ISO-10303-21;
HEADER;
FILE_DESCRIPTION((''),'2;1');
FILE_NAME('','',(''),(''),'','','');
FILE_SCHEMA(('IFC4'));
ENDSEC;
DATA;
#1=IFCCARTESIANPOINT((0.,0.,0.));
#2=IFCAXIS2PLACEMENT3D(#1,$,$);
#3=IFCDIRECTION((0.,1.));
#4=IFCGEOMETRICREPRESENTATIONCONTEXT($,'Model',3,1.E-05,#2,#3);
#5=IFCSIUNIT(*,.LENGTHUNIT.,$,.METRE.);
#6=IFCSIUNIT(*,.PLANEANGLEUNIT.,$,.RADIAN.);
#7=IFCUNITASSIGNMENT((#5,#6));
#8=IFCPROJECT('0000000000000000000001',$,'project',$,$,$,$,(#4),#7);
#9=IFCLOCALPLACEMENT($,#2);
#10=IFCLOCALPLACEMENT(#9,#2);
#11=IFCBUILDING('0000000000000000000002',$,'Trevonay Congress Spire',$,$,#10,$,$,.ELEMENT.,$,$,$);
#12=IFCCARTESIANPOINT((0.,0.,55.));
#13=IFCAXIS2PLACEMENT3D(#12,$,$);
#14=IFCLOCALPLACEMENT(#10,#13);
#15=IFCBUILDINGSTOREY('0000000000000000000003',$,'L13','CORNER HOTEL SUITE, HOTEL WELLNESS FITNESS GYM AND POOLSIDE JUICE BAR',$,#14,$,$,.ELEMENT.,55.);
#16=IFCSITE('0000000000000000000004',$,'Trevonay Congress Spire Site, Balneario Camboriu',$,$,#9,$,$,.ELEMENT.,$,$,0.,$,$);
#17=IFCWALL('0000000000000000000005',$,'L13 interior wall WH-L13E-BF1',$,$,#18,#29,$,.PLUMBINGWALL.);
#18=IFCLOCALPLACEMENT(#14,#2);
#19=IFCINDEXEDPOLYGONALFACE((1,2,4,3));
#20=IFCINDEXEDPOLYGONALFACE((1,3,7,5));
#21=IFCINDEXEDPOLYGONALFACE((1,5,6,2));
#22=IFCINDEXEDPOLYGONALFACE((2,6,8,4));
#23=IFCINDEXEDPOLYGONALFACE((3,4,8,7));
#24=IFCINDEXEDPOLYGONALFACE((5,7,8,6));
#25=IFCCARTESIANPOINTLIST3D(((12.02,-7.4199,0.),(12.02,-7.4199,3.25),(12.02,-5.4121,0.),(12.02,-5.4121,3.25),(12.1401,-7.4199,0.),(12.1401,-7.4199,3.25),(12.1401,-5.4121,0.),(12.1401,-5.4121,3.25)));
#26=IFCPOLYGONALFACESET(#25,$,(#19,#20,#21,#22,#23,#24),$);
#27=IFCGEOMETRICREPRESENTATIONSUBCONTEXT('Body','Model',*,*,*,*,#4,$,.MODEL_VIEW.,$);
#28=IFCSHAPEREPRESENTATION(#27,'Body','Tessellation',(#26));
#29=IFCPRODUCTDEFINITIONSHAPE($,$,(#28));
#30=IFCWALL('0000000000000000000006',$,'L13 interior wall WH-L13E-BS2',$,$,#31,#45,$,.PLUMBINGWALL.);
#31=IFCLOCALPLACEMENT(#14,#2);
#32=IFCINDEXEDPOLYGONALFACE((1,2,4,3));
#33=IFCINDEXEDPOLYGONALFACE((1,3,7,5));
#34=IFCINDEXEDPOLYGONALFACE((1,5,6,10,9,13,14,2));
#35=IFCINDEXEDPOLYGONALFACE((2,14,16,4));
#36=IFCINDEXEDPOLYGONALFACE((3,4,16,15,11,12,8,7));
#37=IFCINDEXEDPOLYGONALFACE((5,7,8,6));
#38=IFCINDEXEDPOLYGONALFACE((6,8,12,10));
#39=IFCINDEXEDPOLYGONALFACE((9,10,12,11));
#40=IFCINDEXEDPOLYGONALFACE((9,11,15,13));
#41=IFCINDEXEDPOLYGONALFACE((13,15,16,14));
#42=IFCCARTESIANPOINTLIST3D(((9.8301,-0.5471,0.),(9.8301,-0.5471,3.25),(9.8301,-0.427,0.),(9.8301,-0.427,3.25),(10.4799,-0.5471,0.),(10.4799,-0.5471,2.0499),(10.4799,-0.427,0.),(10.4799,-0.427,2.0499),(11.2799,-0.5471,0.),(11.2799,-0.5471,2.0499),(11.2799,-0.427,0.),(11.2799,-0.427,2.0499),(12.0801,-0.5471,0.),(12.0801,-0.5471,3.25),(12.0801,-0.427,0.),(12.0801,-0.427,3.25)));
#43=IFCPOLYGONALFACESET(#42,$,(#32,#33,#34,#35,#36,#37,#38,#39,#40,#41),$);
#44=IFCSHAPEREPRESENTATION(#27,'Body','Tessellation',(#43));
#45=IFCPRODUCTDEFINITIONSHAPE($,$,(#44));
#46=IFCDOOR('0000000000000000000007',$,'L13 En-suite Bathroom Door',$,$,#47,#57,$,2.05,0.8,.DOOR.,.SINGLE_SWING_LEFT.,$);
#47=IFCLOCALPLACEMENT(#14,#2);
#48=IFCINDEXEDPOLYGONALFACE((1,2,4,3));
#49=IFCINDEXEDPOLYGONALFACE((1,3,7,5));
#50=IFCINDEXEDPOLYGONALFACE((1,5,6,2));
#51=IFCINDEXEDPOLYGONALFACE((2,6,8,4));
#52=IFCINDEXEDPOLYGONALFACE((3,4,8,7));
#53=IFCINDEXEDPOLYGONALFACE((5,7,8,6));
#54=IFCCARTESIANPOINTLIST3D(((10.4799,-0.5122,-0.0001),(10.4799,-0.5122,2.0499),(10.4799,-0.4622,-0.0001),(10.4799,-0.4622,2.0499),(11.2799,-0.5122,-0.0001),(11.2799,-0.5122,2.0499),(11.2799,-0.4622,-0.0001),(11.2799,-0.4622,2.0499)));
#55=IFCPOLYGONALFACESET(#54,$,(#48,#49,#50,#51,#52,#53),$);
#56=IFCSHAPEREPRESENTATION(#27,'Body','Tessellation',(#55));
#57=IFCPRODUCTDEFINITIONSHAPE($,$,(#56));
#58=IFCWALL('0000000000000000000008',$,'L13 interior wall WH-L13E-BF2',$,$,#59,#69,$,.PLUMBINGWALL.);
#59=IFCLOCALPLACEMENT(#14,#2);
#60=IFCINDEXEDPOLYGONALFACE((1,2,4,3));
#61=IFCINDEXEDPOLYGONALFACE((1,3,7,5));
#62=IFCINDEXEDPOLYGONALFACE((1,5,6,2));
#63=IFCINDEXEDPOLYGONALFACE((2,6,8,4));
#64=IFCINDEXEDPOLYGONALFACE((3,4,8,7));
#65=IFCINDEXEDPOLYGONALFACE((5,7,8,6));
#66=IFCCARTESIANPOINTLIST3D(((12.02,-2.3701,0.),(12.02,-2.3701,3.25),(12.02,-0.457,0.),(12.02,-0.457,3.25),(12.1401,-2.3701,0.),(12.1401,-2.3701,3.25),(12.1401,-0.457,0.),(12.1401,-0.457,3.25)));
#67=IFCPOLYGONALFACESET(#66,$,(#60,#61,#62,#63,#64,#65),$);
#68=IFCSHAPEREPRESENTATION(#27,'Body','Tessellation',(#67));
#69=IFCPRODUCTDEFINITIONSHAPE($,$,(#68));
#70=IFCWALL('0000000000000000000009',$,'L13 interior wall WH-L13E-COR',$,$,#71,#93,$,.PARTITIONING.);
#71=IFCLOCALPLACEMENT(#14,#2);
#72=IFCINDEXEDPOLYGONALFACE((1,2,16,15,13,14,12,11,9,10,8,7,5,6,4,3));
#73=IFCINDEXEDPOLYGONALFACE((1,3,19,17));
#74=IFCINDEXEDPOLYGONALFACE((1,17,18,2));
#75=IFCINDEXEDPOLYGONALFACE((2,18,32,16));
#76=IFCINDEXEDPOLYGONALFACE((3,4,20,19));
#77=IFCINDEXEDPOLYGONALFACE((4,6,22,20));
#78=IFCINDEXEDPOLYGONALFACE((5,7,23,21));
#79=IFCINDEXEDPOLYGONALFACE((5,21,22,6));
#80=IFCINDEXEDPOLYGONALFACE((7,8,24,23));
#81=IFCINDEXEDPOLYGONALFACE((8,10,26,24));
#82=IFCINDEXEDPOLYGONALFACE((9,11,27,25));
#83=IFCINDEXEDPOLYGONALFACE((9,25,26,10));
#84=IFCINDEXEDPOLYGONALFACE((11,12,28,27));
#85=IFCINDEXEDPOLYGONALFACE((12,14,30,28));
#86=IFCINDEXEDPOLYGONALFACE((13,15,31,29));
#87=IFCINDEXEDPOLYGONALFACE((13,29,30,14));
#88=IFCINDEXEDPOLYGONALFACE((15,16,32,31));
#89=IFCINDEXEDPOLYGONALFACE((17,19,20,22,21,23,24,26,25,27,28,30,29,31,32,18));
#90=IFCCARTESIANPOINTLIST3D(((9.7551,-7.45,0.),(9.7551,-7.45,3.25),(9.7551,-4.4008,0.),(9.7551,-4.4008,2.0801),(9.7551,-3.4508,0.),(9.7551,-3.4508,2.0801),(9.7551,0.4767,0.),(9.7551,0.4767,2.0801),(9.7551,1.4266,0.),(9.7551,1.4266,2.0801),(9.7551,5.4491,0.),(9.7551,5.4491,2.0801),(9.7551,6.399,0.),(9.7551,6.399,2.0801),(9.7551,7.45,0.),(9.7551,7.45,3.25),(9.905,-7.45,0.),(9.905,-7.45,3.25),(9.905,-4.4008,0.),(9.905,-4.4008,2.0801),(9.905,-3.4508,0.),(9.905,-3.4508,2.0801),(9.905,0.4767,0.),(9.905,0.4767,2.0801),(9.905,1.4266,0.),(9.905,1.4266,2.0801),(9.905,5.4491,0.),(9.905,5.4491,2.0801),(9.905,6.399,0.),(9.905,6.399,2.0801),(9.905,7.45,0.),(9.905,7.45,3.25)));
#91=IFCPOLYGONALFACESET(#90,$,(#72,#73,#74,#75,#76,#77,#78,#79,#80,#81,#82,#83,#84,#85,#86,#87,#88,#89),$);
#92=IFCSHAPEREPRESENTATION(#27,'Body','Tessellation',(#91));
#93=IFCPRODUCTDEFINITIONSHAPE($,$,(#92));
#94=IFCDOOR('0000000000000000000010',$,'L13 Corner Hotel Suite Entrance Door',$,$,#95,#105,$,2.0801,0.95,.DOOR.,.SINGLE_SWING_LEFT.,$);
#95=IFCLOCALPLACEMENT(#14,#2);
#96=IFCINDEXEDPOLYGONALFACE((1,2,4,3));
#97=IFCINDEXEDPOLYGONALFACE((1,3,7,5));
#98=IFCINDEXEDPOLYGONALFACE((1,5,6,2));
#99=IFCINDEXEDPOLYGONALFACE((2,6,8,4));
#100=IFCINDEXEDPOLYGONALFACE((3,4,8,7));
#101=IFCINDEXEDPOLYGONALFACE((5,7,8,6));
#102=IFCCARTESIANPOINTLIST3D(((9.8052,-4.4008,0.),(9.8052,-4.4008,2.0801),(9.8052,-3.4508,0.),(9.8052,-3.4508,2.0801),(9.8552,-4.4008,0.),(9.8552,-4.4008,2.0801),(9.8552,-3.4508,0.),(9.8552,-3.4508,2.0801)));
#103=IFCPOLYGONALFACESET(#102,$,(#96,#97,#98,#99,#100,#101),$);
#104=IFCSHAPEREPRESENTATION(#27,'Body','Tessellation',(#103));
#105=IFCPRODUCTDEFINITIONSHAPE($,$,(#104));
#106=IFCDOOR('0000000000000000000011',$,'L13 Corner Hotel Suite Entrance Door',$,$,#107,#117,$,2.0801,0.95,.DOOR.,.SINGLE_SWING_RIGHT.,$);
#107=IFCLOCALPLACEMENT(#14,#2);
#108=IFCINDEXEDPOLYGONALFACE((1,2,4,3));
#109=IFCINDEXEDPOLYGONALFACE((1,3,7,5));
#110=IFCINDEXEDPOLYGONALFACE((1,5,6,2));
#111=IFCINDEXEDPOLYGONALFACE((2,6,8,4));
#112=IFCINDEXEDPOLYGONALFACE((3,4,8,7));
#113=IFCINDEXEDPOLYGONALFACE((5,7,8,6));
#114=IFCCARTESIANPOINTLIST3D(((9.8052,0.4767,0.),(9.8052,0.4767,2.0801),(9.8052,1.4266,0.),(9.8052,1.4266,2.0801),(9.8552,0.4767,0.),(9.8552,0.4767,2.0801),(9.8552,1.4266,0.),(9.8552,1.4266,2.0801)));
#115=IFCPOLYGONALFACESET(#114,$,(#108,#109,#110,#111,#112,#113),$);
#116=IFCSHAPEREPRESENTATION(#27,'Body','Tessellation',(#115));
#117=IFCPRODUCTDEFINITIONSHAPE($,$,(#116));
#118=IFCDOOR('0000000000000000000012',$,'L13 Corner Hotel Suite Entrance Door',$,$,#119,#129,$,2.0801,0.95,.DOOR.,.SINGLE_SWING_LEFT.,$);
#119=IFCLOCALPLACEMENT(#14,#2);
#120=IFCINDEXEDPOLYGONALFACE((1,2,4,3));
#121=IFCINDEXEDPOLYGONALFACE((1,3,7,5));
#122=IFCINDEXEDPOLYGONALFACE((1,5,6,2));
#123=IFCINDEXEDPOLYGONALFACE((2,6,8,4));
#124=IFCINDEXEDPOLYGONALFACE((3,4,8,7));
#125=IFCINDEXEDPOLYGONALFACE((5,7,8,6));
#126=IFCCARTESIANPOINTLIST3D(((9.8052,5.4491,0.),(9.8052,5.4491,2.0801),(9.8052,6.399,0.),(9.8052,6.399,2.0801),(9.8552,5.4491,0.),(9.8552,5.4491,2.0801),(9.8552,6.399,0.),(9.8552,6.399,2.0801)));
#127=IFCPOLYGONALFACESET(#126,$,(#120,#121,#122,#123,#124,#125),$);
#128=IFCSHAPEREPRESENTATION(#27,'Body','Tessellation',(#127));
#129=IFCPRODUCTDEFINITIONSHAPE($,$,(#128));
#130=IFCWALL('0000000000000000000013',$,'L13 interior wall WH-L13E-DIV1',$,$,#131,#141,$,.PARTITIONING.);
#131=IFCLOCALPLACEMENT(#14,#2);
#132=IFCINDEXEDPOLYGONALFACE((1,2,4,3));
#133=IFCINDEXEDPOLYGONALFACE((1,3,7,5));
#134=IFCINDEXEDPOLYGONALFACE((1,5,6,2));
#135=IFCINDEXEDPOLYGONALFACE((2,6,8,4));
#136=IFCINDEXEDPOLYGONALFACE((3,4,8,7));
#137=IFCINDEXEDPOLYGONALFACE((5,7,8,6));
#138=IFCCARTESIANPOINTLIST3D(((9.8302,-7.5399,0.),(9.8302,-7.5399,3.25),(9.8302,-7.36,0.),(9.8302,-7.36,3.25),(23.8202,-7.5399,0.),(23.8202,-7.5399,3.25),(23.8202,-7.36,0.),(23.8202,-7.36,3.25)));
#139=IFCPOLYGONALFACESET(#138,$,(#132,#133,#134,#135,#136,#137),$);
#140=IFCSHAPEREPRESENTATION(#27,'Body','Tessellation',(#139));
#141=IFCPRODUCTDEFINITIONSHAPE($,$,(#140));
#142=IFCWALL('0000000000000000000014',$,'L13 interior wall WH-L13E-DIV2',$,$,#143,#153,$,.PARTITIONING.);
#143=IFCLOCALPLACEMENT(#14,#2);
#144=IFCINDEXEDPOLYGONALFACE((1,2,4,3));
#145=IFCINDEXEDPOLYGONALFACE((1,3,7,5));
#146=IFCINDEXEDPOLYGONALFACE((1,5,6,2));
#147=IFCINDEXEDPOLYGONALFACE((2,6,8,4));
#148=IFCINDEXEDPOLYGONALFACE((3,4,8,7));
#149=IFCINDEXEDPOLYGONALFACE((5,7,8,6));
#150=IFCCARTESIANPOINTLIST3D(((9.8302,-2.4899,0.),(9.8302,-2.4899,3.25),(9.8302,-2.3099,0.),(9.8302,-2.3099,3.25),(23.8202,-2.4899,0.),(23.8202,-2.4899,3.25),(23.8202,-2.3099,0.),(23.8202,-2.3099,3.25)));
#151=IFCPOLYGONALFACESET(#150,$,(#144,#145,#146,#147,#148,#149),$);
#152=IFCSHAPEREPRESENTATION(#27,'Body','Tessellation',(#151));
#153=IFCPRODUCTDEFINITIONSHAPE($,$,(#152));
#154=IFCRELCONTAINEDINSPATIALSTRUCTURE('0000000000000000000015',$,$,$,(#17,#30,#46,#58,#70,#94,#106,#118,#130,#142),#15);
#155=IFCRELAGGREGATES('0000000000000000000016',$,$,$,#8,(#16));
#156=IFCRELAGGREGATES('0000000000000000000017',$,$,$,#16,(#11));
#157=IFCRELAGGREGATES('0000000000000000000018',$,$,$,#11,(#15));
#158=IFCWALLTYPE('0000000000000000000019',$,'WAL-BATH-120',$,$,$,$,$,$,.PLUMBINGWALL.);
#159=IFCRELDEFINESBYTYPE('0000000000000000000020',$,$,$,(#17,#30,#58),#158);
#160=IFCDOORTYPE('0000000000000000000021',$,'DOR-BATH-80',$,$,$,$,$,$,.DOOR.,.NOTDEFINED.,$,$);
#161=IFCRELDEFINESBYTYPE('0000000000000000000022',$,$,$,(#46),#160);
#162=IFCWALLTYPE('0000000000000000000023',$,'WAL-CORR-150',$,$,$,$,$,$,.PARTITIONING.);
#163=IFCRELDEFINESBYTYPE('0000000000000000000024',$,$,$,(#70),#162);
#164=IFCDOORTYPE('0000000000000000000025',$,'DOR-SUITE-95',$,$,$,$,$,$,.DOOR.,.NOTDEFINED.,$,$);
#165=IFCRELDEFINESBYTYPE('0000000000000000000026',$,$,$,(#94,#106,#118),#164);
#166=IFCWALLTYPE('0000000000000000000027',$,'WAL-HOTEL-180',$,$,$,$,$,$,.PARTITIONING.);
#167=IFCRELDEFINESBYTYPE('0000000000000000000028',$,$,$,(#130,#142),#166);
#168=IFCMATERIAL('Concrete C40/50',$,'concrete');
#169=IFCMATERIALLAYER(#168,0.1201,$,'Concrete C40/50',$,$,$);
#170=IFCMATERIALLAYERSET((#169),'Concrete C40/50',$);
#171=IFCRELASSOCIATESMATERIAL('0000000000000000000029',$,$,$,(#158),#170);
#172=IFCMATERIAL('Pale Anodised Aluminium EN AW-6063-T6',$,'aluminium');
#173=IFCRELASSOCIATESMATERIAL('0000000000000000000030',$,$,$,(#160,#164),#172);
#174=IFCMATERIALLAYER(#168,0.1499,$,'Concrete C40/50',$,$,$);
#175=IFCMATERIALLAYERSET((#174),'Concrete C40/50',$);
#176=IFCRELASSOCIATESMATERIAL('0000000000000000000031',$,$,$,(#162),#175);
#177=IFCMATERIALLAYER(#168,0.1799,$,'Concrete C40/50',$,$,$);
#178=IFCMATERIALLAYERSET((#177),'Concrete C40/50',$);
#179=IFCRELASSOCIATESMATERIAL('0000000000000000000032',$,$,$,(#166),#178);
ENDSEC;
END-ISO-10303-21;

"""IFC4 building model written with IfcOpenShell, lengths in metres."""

from ifc_helpers import new_model, si_unit, direction, frame, frame_2d, origin, place, context, subcontext, project, spatial, rectangle, extrude, material, layer, layer_set, type_object, element, fill, save


model = new_model("IFC4")

# Units and contexts
model_context = context("Model", 3, precision=1e-05, world=origin(), true_north=direction((0.0, 1.0)))
body_context = subcontext(model_context, "Body", "Model", "MODEL_VIEW")
ifc_project = project(units=[si_unit("LENGTHUNIT", "METRE"), si_unit("PLANEANGLEUNIT", "RADIAN")], contexts=[model_context])

# Site, building, storey
site_placement = place(None, origin())
site = spatial("IfcSite", under=ifc_project, at=site_placement, Name="Trevonay Congress Spire Site, Balneario Camboriu", CompositionType="ELEMENT", RefElevation=0.0)
building_placement = place(site_placement, origin())
building = spatial("IfcBuilding", under=site, at=building_placement, Name="Trevonay Congress Spire", CompositionType="ELEMENT")
storey_placement = place(building_placement, frame((0.0, 0.0, 55.0)))
storey = spatial("IfcBuildingStorey", under=building, at=storey_placement, Name="L13", Description="CORNER HOTEL SUITE, HOTEL WELLNESS FITNESS GYM AND POOLSIDE JUICE BAR", CompositionType="ELEMENT", Elevation=55.0)

# Shared definitions
ifc_material_1 = material(Name="Pale Anodised Aluminium EN AW-6063-T6", Category="aluminium")

# Shared definitions
ifc_material_2 = material(Name="Concrete C40/50", Category="concrete")
ifc_layer_1 = layer(ifc_material_2, 0.1201, Name="Concrete C40/50")
ifc_layer_set_1 = layer_set([ifc_layer_1], Name="Concrete C40/50")
wall_type_1 = type_object("IfcWallType", Name="WAL-BATH-120", PredefinedType="PLUMBINGWALL", material=ifc_layer_set_1)
door_type_1 = type_object("IfcDoorType", Name="DOR-BATH-80", OperationType="NOTDEFINED", PredefinedType="DOOR", material=ifc_material_1)

# Wall
wall_1_placement = place(storey_placement, frame((12.0801, -7.4199, 0.0), z_axis=(0.0, 0.0, 1.0), x_axis=(0.0, 1.0, 0.0)))
element("IfcWall", 1, at=wall_1_placement, inside=storey, type_object=wall_type_1, Name="L13 interior wall WH-L13E-BF1", PredefinedType="PLUMBINGWALL", context=body_context, shape_type="SweptSolid", body=[
    extrude(rectangle(XDim=2.0078, YDim=0.1201, at=frame_2d((1.0039, 0.0))), origin(), (0.0, 0.0, 1.0), 3.25),
])

# Wall, opening, door
wall_2_placement = place(storey_placement, frame((9.8301, -0.4871, 0.0), z_axis=(0.0, 0.0, 1.0), x_axis=(1.0, 0.0, 0.0)))
wall_2 = element("IfcWall", 2, at=wall_2_placement, inside=storey, type_object=wall_type_1, Name="L13 interior wall WH-L13E-BS2", PredefinedType="PLUMBINGWALL", context=body_context, shape_type="SweptSolid", body=[
    extrude(rectangle(XDim=2.25, YDim=0.1201, at=frame_2d((1.125, 0.0))), origin(), (0.0, 0.0, 1.0), 3.25),
])
opening_1_placement = place(wall_2_placement, frame((0.6499, 0.0, 0.0)))
opening_1 = element("IfcOpeningElement", 3, at=opening_1_placement, cuts=wall_2, PredefinedType="OPENING", context=body_context, shape_type="SweptSolid", body=[
    extrude(rectangle(XDim=0.8, YDim=2.05, at=frame_2d((0.3999, 1.0249))), frame((0.0, 0.0701, 0.0), z_axis=(0.0, -1.0, 0.0), x_axis=(1.0, 0.0, 0.0)), (0.0, 0.0, 1.0), 0.1401),
])
door_1_placement = place(opening_1_placement, origin())
door_1 = element("IfcDoor", 4, at=door_1_placement, inside=storey, type_object=door_type_1, Name="L13 En-suite Bathroom Door", OperationType="SINGLE_SWING_LEFT", OverallHeight=2.05, OverallWidth=0.8, PredefinedType="DOOR", context=body_context, shape_type="SweptSolid", body=[
    extrude(rectangle(XDim=0.8, YDim=2.05, at=frame_2d((0.3999, 1.0249))), frame((0.0, 0.0249, 0.0), z_axis=(0.0, -1.0, 0.0), x_axis=(1.0, 0.0, 0.0)), (0.0, 0.0, 1.0), 0.05),
])
fill(opening_1, door_1)

# Wall
wall_3_placement = place(storey_placement, frame((12.0801, -2.3701, 0.0), z_axis=(0.0, 0.0, 1.0), x_axis=(0.0, 1.0, 0.0)))
element("IfcWall", 5, at=wall_3_placement, inside=storey, type_object=wall_type_1, Name="L13 interior wall WH-L13E-BF2", PredefinedType="PLUMBINGWALL", context=body_context, shape_type="SweptSolid", body=[
    extrude(rectangle(XDim=1.9131, YDim=0.1201, at=frame_2d((0.9565, 0.0))), origin(), (0.0, 0.0, 1.0), 3.25),
])

# Wall, openings, doors
ifc_layer_2 = layer(ifc_material_2, 0.1499, Name="Concrete C40/50")
ifc_layer_set_2 = layer_set([ifc_layer_2], Name="Concrete C40/50")
wall_type_2 = type_object("IfcWallType", Name="WAL-CORR-150", PredefinedType="PARTITIONING", material=ifc_layer_set_2)
wall_4_placement = place(storey_placement, frame((9.8301, -7.45, 0.0), z_axis=(0.0, 0.0, 1.0), x_axis=(0.0, 1.0, 0.0)))
wall_4 = element("IfcWall", 6, at=wall_4_placement, inside=storey, type_object=wall_type_2, Name="L13 interior wall WH-L13E-COR", PredefinedType="PARTITIONING", context=body_context, shape_type="SweptSolid", body=[
    extrude(rectangle(XDim=14.8999, YDim=0.1499, at=frame_2d((7.45, 0.0))), origin(), (0.0, 0.0, 1.0), 3.25),
])
opening_2_placement = place(wall_4_placement, frame((3.0491, 0.0, 0.0)))
opening_2 = element("IfcOpeningElement", 7, at=opening_2_placement, cuts=wall_4, PredefinedType="OPENING", context=body_context, shape_type="SweptSolid", body=[
    extrude(rectangle(XDim=0.95, YDim=2.0801, at=frame_2d((0.4751, 1.04))), frame((0.0, 0.085, 0.0), z_axis=(0.0, -1.0, 0.0), x_axis=(1.0, 0.0, 0.0)), (0.0, 0.0, 1.0), 0.1699),
])
opening_3_placement = place(wall_4_placement, frame((7.9265, 0.0, 0.0)))
opening_3 = element("IfcOpeningElement", 8, at=opening_3_placement, cuts=wall_4, PredefinedType="OPENING", context=body_context, shape_type="SweptSolid", body=[
    extrude(rectangle(XDim=0.95, YDim=2.0801, at=frame_2d((0.4751, 1.04))), frame((0.0, 0.085, 0.0), z_axis=(0.0, -1.0, 0.0), x_axis=(1.0, 0.0, 0.0)), (0.0, 0.0, 1.0), 0.1699),
])
opening_4_placement = place(wall_4_placement, frame((12.8989, 0.0, 0.0)))
opening_4 = element("IfcOpeningElement", 9, at=opening_4_placement, cuts=wall_4, PredefinedType="OPENING", context=body_context, shape_type="SweptSolid", body=[
    extrude(rectangle(XDim=0.95, YDim=2.0801, at=frame_2d((0.4751, 1.04))), frame((0.0, 0.085, 0.0), z_axis=(0.0, -1.0, 0.0), x_axis=(1.0, 0.0, 0.0)), (0.0, 0.0, 1.0), 0.1699),
])
door_type_2 = type_object("IfcDoorType", Name="DOR-SUITE-95", OperationType="NOTDEFINED", PredefinedType="DOOR", material=ifc_material_1)
door_2_placement = place(opening_2_placement, origin())
door_2 = element("IfcDoor", 10, at=door_2_placement, inside=storey, type_object=door_type_2, Name="L13 Corner Hotel Suite Entrance Door", OperationType="SINGLE_SWING_LEFT", OverallHeight=2.0801, OverallWidth=0.95, PredefinedType="DOOR", context=body_context, shape_type="SweptSolid", body=[
    extrude(rectangle(XDim=0.95, YDim=2.0801, at=frame_2d((0.4751, 1.04))), frame((0.0, 0.0249, 0.0), z_axis=(0.0, -1.0, 0.0), x_axis=(1.0, 0.0, 0.0)), (0.0, 0.0, 1.0), 0.05),
])
fill(opening_2, door_2)
door_3_placement = place(opening_3_placement, origin())
door_3 = element("IfcDoor", 11, at=door_3_placement, inside=storey, type_object=door_type_2, Name="L13 Corner Hotel Suite Entrance Door", OperationType="SINGLE_SWING_RIGHT", OverallHeight=2.0801, OverallWidth=0.95, PredefinedType="DOOR", context=body_context, shape_type="SweptSolid", body=[
    extrude(rectangle(XDim=0.95, YDim=2.0801, at=frame_2d((0.4751, 1.04))), frame((0.0, 0.0249, 0.0), z_axis=(0.0, -1.0, 0.0), x_axis=(1.0, 0.0, 0.0)), (0.0, 0.0, 1.0), 0.05),
])
fill(opening_3, door_3)
door_4_placement = place(opening_4_placement, origin())
door_4 = element("IfcDoor", 12, at=door_4_placement, inside=storey, type_object=door_type_2, Name="L13 Corner Hotel Suite Entrance Door", OperationType="SINGLE_SWING_LEFT", OverallHeight=2.0801, OverallWidth=0.95, PredefinedType="DOOR", context=body_context, shape_type="SweptSolid", body=[
    extrude(rectangle(XDim=0.95, YDim=2.0801, at=frame_2d((0.4751, 1.04))), frame((0.0, 0.0249, 0.0), z_axis=(0.0, -1.0, 0.0), x_axis=(1.0, 0.0, 0.0)), (0.0, 0.0, 1.0), 0.05),
])
fill(opening_4, door_4)

# Walls
ifc_layer_3 = layer(ifc_material_2, 0.1799, Name="Concrete C40/50")
ifc_layer_set_3 = layer_set([ifc_layer_3], Name="Concrete C40/50")
wall_type_3 = type_object("IfcWallType", Name="WAL-HOTEL-180", PredefinedType="PARTITIONING", material=ifc_layer_set_3)
for number, where, z_axis, x_axis, name in (
    (13, (9.8301, -7.45, 0.0), (0.0, 0.0, 1.0), (1.0, 0.0, 0.0), "L13 interior wall WH-L13E-DIV1"),
    (14, (9.8301, -2.3999, 0.0), (0.0, 0.0, 1.0), (1.0, 0.0, 0.0), "L13 interior wall WH-L13E-DIV2"),
):
    element("IfcWall", number, at=place(storey_placement, frame(where, z_axis=z_axis, x_axis=x_axis)), inside=storey, type_object=wall_type_3, Name=name, PredefinedType="PARTITIONING", context=body_context, shape_type="SweptSolid", body=[
        extrude(rectangle(XDim=13.99, YDim=0.1799, at=frame_2d((6.9951, 0.0))), origin(), (0.0, 0.0, 1.0), 3.25),
    ])

save(model, "model.ifc")
